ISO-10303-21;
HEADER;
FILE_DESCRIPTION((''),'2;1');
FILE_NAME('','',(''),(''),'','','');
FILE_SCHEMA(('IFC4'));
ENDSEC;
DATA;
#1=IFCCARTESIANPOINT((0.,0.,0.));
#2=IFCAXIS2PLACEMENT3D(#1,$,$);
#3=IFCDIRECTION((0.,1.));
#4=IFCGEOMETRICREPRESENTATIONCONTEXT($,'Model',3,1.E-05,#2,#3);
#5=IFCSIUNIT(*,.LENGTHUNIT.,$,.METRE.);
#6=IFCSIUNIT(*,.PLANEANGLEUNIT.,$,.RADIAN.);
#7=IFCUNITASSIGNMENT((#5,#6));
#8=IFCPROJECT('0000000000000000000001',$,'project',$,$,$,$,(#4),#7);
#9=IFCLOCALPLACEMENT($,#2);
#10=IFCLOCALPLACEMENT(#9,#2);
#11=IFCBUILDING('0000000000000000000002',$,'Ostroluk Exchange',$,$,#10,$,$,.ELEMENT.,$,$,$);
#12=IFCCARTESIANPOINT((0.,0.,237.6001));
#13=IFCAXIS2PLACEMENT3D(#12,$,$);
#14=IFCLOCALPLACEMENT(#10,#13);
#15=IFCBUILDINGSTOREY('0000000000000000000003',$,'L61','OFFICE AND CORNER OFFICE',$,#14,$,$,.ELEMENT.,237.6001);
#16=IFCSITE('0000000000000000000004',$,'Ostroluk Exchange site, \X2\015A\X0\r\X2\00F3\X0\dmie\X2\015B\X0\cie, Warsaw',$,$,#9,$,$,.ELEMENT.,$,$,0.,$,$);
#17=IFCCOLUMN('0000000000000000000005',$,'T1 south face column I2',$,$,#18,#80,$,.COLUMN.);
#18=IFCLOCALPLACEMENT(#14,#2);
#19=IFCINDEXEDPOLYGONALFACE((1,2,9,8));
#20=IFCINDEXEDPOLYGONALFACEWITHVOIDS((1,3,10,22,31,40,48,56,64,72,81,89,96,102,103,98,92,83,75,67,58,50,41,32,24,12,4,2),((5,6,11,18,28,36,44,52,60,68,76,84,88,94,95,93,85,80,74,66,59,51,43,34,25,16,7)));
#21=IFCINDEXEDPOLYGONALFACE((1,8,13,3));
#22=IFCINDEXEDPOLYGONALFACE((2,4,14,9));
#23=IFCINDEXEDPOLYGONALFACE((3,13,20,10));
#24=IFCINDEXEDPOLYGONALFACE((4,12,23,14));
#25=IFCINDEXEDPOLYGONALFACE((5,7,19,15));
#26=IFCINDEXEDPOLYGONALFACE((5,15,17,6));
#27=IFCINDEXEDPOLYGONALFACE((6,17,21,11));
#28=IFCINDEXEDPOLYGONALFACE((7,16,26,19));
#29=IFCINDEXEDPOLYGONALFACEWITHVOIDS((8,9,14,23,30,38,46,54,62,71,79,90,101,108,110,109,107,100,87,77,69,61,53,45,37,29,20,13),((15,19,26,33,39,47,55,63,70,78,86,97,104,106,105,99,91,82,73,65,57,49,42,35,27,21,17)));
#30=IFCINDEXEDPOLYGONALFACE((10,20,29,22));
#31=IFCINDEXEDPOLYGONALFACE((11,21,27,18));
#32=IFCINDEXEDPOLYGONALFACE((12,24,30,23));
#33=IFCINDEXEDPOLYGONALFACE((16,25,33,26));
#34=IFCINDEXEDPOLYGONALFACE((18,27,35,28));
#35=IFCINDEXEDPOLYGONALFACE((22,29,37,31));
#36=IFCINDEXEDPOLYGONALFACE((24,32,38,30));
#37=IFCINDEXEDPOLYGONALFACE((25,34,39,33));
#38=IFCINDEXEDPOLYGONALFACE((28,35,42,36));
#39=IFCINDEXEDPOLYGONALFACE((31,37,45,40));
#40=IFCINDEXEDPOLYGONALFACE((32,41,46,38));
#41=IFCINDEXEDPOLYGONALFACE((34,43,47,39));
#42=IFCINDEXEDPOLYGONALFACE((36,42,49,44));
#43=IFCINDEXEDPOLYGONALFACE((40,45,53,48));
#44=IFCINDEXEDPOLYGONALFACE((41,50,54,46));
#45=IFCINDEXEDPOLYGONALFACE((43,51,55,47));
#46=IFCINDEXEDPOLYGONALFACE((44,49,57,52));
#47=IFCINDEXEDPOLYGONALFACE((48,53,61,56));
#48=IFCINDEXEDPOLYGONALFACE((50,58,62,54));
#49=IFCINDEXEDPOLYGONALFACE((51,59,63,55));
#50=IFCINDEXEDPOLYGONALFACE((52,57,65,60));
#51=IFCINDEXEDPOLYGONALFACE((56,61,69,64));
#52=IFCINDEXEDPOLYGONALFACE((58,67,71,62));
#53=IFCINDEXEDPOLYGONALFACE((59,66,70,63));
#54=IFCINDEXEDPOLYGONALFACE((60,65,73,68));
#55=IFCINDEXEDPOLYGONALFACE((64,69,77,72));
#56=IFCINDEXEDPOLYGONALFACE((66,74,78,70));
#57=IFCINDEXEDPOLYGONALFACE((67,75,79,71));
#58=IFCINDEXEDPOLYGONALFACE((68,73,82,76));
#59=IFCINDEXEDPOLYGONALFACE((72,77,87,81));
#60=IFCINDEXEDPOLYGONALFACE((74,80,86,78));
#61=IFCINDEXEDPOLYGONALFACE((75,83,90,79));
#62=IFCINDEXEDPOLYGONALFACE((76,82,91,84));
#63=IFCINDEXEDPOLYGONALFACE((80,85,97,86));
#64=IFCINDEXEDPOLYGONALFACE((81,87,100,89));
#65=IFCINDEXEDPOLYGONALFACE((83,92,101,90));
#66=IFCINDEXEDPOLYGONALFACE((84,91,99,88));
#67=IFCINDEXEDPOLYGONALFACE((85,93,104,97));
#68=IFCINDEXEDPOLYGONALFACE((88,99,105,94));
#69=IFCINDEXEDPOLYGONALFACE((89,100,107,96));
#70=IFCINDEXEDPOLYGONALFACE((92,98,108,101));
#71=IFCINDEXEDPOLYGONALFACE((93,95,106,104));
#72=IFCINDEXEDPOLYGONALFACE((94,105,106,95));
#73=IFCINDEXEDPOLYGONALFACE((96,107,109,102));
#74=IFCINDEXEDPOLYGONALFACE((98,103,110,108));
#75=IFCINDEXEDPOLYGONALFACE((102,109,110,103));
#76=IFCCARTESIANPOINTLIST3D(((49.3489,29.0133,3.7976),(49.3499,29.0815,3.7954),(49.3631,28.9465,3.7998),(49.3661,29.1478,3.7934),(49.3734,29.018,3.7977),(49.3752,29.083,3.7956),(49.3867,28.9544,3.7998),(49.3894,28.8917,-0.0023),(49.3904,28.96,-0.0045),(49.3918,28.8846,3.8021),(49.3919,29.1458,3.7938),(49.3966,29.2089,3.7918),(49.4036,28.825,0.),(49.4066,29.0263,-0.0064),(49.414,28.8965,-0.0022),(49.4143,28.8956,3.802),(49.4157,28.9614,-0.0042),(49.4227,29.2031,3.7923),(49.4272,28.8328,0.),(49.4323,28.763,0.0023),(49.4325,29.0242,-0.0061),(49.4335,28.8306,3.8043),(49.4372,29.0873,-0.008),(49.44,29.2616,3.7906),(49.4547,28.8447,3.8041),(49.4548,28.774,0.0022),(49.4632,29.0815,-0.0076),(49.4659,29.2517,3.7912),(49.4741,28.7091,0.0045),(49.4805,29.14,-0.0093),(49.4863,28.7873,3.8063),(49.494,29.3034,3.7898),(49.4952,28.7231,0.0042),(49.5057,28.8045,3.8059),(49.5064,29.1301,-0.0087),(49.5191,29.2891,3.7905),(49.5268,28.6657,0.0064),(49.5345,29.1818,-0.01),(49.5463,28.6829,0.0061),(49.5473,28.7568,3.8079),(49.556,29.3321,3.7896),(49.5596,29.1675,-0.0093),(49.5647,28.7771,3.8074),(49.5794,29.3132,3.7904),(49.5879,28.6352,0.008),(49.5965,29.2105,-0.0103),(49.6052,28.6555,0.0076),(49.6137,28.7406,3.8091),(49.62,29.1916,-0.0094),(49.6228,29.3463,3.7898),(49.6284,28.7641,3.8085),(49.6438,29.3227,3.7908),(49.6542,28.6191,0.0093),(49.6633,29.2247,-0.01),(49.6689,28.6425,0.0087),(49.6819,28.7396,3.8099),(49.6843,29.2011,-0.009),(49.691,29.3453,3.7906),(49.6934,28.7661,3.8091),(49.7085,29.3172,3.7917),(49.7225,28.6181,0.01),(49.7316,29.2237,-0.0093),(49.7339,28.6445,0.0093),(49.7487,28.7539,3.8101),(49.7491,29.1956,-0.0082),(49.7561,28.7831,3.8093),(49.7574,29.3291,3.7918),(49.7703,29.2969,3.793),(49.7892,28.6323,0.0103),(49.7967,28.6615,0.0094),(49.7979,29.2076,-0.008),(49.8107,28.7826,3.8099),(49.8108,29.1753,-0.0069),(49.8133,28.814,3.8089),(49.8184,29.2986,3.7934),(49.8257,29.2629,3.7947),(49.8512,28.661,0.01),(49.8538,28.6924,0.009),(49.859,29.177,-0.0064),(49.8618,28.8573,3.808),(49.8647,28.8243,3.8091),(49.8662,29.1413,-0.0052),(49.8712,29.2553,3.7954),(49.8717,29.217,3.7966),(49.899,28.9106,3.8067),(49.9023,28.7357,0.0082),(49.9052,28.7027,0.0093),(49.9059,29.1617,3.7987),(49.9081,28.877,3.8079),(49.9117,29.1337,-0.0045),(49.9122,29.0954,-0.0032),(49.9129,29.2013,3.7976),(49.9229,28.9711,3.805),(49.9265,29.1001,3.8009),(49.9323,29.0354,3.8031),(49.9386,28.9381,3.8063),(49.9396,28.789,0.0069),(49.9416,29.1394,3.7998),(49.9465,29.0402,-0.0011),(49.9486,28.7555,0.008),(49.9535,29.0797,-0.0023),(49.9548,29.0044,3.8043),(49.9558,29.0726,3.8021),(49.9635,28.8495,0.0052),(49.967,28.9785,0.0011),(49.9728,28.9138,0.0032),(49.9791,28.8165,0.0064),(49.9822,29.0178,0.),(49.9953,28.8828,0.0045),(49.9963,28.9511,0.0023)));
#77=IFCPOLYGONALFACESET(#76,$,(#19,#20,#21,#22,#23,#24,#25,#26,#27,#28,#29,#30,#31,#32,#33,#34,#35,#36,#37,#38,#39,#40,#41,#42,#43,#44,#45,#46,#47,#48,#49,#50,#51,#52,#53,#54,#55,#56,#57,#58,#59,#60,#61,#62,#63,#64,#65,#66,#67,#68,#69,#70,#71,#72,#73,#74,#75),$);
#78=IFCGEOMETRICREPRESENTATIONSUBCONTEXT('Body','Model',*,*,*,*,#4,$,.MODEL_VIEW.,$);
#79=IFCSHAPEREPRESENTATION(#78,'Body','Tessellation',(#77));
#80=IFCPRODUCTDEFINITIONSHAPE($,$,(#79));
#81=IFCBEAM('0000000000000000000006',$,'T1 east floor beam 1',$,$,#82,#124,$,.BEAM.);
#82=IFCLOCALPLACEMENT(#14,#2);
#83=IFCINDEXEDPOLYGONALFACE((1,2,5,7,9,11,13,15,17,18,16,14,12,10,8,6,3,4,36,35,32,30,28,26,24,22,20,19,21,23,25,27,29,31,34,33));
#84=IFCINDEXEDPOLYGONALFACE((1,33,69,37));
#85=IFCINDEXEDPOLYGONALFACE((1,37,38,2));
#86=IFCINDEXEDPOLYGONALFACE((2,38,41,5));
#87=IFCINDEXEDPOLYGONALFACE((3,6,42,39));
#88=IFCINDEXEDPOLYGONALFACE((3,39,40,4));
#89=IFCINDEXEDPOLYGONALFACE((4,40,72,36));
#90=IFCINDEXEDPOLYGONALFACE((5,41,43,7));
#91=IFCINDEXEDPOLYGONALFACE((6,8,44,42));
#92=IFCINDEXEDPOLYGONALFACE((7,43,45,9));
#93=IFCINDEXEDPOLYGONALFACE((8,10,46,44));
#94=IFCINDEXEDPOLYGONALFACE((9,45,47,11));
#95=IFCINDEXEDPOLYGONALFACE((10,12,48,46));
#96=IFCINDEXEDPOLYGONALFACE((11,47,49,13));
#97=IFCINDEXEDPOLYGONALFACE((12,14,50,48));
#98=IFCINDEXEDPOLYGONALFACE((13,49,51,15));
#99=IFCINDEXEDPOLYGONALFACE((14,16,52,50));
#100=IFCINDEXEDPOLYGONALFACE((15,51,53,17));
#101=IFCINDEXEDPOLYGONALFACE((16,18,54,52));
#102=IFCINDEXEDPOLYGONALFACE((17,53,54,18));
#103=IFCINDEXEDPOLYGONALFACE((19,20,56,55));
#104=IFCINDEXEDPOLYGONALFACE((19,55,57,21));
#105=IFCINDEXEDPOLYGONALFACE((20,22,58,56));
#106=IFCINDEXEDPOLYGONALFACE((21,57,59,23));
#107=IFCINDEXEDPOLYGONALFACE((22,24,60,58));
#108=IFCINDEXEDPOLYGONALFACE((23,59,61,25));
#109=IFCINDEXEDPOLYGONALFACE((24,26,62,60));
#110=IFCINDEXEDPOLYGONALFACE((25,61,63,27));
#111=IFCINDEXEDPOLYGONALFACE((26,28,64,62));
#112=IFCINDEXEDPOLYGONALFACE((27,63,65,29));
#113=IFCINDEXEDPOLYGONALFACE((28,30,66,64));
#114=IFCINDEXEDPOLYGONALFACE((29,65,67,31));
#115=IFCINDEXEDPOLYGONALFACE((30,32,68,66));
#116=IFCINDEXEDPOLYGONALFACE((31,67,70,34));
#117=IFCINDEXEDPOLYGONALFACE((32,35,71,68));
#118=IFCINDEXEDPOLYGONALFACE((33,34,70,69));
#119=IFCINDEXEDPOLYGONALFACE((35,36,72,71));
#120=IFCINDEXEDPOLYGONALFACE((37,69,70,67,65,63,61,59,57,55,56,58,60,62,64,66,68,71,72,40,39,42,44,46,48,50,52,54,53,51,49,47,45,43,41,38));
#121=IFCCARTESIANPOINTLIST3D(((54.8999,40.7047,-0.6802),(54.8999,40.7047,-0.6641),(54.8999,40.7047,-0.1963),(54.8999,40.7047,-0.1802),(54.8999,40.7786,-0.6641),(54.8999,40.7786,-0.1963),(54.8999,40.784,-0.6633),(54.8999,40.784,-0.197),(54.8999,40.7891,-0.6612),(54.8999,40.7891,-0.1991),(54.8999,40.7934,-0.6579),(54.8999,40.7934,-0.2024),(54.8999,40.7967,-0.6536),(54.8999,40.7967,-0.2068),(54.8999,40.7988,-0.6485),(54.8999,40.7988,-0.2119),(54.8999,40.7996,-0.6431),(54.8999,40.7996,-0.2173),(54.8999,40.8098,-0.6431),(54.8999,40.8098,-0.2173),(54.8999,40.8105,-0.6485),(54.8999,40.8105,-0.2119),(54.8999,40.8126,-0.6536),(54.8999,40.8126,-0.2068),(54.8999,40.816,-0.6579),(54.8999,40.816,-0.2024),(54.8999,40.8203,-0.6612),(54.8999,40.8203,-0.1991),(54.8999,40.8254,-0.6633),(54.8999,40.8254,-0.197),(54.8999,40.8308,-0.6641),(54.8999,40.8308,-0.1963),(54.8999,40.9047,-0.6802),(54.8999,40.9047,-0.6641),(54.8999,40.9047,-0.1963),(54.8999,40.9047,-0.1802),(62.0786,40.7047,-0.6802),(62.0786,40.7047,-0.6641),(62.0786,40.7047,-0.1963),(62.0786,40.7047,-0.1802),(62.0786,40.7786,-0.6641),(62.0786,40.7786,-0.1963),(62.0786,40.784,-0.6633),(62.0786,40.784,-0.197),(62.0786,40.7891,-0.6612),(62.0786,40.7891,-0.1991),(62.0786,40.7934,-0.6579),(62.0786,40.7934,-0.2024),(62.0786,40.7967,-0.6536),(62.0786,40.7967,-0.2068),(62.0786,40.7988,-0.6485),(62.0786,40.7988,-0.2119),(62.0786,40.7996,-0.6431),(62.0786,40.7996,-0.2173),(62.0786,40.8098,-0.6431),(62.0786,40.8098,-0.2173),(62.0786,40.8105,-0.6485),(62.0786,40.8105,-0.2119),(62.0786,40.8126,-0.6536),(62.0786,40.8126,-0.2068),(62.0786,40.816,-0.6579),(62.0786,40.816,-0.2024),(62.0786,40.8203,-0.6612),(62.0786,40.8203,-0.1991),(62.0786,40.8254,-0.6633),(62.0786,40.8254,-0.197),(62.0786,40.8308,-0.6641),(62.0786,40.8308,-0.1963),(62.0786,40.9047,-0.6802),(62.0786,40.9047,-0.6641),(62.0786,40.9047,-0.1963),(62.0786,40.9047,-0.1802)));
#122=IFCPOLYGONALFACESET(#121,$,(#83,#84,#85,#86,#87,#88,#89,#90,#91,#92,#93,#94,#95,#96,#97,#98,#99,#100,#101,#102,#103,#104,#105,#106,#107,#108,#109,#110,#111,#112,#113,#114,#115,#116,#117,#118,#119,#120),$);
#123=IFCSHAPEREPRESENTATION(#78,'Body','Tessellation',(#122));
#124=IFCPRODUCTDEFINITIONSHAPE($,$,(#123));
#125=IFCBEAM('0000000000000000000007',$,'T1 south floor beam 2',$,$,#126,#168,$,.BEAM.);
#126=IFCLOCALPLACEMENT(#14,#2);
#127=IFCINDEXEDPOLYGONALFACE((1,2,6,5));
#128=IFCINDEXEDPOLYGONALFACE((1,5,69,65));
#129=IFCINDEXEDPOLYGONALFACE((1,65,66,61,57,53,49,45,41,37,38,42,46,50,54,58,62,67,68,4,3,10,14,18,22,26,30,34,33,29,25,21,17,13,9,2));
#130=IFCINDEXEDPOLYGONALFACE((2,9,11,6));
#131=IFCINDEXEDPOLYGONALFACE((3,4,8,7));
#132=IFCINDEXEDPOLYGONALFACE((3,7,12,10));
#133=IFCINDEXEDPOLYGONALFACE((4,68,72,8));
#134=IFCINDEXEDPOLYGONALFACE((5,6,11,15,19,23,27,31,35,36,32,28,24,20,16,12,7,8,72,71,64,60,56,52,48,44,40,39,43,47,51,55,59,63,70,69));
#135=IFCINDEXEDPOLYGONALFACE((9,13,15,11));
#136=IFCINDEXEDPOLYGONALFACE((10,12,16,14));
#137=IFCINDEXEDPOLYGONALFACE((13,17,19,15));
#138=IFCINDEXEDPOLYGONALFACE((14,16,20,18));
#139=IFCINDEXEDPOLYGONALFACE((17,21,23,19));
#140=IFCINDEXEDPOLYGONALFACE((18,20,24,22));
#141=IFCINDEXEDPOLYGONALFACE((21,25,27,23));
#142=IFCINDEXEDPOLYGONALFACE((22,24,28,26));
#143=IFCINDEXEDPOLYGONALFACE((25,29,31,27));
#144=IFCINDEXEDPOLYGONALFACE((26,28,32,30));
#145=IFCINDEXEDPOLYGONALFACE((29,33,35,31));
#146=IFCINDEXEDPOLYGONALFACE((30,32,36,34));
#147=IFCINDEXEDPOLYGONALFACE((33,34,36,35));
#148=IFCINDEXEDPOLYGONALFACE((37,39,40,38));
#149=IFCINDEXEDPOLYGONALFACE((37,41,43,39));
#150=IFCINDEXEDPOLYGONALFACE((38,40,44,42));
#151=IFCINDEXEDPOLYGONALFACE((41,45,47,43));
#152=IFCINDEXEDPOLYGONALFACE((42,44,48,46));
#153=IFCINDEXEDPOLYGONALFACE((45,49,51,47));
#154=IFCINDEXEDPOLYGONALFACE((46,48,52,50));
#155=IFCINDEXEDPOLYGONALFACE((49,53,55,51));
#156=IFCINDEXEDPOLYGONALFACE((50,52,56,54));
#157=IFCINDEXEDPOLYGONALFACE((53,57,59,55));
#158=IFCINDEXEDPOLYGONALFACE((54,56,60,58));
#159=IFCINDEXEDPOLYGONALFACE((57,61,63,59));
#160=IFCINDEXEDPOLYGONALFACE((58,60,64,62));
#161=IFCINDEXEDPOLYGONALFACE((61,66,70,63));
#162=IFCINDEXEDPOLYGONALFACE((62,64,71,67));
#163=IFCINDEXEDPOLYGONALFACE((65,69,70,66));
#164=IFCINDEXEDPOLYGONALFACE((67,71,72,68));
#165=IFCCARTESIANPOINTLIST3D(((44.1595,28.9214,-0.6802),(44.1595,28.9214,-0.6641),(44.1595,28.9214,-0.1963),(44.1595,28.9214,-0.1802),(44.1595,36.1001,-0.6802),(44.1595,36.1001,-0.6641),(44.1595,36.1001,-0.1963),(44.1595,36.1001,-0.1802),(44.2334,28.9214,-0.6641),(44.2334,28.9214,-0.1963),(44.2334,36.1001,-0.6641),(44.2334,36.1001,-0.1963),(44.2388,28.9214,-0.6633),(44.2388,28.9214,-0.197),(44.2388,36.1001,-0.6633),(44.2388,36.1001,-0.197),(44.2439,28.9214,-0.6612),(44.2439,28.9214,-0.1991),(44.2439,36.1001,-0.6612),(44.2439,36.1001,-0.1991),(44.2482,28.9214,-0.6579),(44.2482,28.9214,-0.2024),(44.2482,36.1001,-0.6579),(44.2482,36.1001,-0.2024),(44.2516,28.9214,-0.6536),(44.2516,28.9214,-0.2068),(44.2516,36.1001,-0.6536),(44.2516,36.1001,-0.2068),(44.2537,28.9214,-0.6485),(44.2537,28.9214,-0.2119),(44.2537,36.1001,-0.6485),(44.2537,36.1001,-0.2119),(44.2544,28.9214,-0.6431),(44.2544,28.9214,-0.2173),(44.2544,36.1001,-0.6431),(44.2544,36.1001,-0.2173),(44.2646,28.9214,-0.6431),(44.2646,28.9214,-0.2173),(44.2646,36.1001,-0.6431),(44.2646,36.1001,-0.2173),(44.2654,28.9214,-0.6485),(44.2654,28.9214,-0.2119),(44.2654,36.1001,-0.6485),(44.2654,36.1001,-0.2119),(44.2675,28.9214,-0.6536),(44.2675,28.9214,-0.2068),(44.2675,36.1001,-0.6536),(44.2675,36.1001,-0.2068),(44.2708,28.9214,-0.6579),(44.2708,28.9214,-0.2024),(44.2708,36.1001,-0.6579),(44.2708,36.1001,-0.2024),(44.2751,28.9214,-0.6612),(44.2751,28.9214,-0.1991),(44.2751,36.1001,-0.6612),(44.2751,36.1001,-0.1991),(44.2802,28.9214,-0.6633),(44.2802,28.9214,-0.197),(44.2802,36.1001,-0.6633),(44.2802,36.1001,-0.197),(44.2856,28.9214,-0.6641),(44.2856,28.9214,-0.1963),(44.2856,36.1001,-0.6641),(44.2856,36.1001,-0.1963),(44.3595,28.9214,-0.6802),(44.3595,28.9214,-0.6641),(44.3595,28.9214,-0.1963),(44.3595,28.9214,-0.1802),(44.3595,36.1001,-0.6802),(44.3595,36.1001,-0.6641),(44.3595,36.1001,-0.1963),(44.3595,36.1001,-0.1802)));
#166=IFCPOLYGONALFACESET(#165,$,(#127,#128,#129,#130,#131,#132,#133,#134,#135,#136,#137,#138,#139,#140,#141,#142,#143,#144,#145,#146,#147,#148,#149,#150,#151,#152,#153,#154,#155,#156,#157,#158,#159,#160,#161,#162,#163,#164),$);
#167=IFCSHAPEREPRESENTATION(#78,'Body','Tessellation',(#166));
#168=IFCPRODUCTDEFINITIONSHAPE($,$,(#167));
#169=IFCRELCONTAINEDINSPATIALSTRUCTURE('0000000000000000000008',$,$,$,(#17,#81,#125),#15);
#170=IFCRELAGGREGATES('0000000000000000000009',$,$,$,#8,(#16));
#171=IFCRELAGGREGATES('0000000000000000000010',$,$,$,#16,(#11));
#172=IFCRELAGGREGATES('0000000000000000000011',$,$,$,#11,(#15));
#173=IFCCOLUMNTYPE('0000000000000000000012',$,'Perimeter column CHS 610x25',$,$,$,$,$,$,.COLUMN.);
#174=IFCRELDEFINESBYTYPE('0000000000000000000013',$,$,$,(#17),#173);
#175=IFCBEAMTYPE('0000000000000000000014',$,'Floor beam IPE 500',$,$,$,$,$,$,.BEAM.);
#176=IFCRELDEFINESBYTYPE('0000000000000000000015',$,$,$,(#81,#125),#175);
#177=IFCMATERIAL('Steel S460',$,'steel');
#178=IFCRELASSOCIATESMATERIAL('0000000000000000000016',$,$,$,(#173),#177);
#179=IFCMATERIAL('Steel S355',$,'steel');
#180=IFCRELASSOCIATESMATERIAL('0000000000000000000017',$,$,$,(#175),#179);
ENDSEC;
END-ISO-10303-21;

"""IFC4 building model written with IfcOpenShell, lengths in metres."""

from ifc_helpers import new_model, si_unit, direction, frame, origin, origin_2d, place, context, subcontext, project, spatial, hollow_circle, i_section, extrude, material, material_profile, profile_set, type_object, element, save


model = new_model("IFC4")

# Units and contexts
model_context = context("Model", 3, precision=1e-05, world=origin(), true_north=direction((0.0, 1.0)))
body_context = subcontext(model_context, "Body", "Model", "MODEL_VIEW")
ifc_project = project(units=[si_unit("LENGTHUNIT", "METRE"), si_unit("PLANEANGLEUNIT", "RADIAN")], contexts=[model_context])

# Site, building, storey
site_placement = place(None, origin())
site = spatial("IfcSite", under=ifc_project, at=site_placement, Name="Ostroluk Exchange site, Śródmieście, Warsaw", CompositionType="ELEMENT", RefElevation=0.0)
building_placement = place(site_placement, origin())
building = spatial("IfcBuilding", under=site, at=building_placement, Name="Ostroluk Exchange", CompositionType="ELEMENT")
storey_placement = place(building_placement, frame((0.0, 0.0, 237.6001)))
storey = spatial("IfcBuildingStorey", under=building, at=storey_placement, Name="L61", Description="OFFICE AND CORNER OFFICE", CompositionType="ELEMENT", Elevation=237.6001)

# Column
ifc_material_1 = material(Name="Steel S460", Category="steel")
ifc_material_profile_1 = material_profile(ifc_material_1, hollow_circle(Radius=0.3049, WallThickness=0.0249, at=origin_2d()), Name="CHS 610x25")
ifc_profile_set_1 = profile_set([ifc_material_profile_1], Name="Steel S460")
column_type = type_object("IfcColumnType", Name="Perimeter column CHS 610x25", PredefinedType="COLUMN", material=ifc_profile_set_1)
column_placement = place(storey_placement, frame((49.6929, 28.9214, 0.0), z_axis=(-0.01066, 0.031979, 0.999432), x_axis=(-0.948683, -0.316228, 0.0)))
element("IfcColumn", 1, at=column_placement, inside=storey, type_object=column_type, Name="T1 south face column I2", PredefinedType="COLUMN", context=body_context, shape_type="SweptSolid", body=[
    extrude(hollow_circle(Radius=0.3049, WallThickness=0.0249, at=origin_2d()), origin(), (0.0, 0.0, 1.0), 3.802),
])

# Beams
ifc_material_2 = material(Name="Steel S355", Category="steel")
ifc_material_profile_2 = material_profile(ifc_material_2, i_section(OverallWidth=0.2, OverallDepth=0.5, WebThickness=0.0103, FlangeThickness=0.0161, FilletRadius=0.021, at=origin_2d()), Name="IPE 500")
ifc_profile_set_2 = profile_set([ifc_material_profile_2], Name="Steel S355")
beam_type_1 = type_object("IfcBeamType", Name="Floor beam IPE 500", PredefinedType="BEAM", material=ifc_profile_set_2)
for number, where, z_axis, x_axis, name in (
    (2, (54.8999, 40.8047, -0.4302), (1.0, 0.0, 0.0), (0.0, 1.0, 0.0), "T1 east floor beam 1"),
    (3, (44.2595, 36.1001, -0.4302), (0.0, -1.0, 0.0), (1.0, 0.0, 0.0), "T1 south floor beam 2"),
):
    element("IfcBeam", number, at=place(storey_placement, frame(where, z_axis=z_axis, x_axis=x_axis)), inside=storey, type_object=beam_type_1, Name=name, PredefinedType="BEAM", context=body_context, shape_type="SweptSolid", body=[
        extrude(i_section(OverallWidth=0.2, OverallDepth=0.5, WebThickness=0.0103, FlangeThickness=0.0161, FilletRadius=0.021, at=origin_2d()), origin(), (0.0, 0.0, 1.0), 7.1787),
    ])

save(model, "model.ifc")
